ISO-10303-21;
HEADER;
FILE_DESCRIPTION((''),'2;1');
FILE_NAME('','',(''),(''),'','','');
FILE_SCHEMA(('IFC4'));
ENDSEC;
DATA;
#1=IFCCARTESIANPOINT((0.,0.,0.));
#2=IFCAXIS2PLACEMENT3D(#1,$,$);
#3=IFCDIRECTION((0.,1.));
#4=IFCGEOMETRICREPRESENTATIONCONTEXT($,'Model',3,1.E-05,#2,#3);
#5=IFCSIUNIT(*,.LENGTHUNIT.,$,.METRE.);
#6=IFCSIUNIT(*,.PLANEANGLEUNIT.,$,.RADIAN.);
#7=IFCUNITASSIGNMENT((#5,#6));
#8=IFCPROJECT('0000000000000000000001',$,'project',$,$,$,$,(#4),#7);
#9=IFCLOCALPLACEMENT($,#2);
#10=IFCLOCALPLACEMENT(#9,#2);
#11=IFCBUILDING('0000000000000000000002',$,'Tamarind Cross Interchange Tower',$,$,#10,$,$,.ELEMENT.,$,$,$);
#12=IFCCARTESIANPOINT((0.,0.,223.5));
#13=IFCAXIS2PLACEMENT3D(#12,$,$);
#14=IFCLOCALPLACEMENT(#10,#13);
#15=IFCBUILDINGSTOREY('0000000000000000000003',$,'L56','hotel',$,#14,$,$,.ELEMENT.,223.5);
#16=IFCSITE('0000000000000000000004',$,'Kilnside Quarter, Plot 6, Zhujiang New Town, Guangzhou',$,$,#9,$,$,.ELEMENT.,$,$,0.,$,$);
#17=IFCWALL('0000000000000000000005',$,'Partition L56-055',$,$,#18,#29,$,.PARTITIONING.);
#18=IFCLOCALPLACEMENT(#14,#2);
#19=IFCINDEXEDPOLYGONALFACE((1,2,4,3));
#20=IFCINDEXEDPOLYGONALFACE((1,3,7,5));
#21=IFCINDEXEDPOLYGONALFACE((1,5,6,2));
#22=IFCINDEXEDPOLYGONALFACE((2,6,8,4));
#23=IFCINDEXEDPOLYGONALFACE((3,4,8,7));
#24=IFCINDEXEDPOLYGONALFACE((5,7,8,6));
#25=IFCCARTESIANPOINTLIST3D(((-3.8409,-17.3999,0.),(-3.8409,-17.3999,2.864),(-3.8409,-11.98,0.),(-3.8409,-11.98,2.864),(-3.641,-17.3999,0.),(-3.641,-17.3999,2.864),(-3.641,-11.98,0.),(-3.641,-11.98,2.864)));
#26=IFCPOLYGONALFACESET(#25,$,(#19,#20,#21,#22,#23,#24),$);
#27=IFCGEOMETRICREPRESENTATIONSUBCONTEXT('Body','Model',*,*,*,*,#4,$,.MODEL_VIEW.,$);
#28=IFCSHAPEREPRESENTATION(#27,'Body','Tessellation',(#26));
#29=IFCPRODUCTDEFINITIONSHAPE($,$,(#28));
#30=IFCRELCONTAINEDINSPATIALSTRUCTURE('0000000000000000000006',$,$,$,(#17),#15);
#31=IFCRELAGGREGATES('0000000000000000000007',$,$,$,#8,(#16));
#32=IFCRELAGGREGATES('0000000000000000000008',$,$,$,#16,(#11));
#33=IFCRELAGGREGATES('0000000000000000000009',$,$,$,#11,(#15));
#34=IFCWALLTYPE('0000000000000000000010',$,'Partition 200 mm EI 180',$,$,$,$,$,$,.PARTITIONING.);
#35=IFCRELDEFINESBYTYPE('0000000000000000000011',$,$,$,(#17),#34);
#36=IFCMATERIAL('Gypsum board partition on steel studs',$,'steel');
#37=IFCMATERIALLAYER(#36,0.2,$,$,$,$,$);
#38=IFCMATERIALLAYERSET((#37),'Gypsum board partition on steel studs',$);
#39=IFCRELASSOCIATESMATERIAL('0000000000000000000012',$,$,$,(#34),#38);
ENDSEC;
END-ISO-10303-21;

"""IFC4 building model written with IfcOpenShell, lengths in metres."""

from ifc_helpers import new_model, si_unit, direction, frame, frame_2d, origin, place, context, subcontext, project, spatial, rectangle, extrude, material, layer, layer_set, type_object, element, save


model = new_model("IFC4")

# Units and contexts
model_context = context("Model", 3, precision=1e-05, world=origin(), true_north=direction((0.0, 1.0)))
body_context = subcontext(model_context, "Body", "Model", "MODEL_VIEW")
ifc_project = project(units=[si_unit("LENGTHUNIT", "METRE"), si_unit("PLANEANGLEUNIT", "RADIAN")], contexts=[model_context])

# Site, building, storey
site_placement = place(None, origin())
site = spatial("IfcSite", under=ifc_project, at=site_placement, Name="Kilnside Quarter, Plot 6, Zhujiang New Town, Guangzhou", CompositionType="ELEMENT", RefElevation=0.0)
building_placement = place(site_placement, origin())
building = spatial("IfcBuilding", under=site, at=building_placement, Name="Tamarind Cross Interchange Tower", CompositionType="ELEMENT")
storey_placement = place(building_placement, frame((0.0, 0.0, 223.5)))
storey = spatial("IfcBuildingStorey", under=building, at=storey_placement, Name="L56", Description="hotel", CompositionType="ELEMENT", Elevation=223.5)

# Shared definitions
ifc_material_1 = material(Name="Gypsum board partition on steel studs", Category="steel")

# Shared definitions
ifc_layer_1 = layer(ifc_material_1, 0.2)
ifc_layer_set_1 = layer_set([ifc_layer_1], Name="Gypsum board partition on steel studs")
wall_type_1 = type_object("IfcWallType", Name="Partition 200 mm EI 180", PredefinedType="PARTITIONING", material=ifc_layer_set_1)

# Wall
wall_1_placement = place(storey_placement, frame((-3.741, -17.3999, 0.0), z_axis=(0.0, 0.0, 1.0), x_axis=(0.0, 1.0, 0.0)))
element("IfcWall", 1, at=wall_1_placement, inside=storey, type_object=wall_type_1, Name="Partition L56-055", PredefinedType="PARTITIONING", context=body_context, shape_type="SweptSolid", body=[
    extrude(rectangle(XDim=5.4199, YDim=0.2, at=frame_2d((2.71, 0.0))), origin(), (0.0, 0.0, 1.0), 2.864),
])

save(model, "model.ifc")
